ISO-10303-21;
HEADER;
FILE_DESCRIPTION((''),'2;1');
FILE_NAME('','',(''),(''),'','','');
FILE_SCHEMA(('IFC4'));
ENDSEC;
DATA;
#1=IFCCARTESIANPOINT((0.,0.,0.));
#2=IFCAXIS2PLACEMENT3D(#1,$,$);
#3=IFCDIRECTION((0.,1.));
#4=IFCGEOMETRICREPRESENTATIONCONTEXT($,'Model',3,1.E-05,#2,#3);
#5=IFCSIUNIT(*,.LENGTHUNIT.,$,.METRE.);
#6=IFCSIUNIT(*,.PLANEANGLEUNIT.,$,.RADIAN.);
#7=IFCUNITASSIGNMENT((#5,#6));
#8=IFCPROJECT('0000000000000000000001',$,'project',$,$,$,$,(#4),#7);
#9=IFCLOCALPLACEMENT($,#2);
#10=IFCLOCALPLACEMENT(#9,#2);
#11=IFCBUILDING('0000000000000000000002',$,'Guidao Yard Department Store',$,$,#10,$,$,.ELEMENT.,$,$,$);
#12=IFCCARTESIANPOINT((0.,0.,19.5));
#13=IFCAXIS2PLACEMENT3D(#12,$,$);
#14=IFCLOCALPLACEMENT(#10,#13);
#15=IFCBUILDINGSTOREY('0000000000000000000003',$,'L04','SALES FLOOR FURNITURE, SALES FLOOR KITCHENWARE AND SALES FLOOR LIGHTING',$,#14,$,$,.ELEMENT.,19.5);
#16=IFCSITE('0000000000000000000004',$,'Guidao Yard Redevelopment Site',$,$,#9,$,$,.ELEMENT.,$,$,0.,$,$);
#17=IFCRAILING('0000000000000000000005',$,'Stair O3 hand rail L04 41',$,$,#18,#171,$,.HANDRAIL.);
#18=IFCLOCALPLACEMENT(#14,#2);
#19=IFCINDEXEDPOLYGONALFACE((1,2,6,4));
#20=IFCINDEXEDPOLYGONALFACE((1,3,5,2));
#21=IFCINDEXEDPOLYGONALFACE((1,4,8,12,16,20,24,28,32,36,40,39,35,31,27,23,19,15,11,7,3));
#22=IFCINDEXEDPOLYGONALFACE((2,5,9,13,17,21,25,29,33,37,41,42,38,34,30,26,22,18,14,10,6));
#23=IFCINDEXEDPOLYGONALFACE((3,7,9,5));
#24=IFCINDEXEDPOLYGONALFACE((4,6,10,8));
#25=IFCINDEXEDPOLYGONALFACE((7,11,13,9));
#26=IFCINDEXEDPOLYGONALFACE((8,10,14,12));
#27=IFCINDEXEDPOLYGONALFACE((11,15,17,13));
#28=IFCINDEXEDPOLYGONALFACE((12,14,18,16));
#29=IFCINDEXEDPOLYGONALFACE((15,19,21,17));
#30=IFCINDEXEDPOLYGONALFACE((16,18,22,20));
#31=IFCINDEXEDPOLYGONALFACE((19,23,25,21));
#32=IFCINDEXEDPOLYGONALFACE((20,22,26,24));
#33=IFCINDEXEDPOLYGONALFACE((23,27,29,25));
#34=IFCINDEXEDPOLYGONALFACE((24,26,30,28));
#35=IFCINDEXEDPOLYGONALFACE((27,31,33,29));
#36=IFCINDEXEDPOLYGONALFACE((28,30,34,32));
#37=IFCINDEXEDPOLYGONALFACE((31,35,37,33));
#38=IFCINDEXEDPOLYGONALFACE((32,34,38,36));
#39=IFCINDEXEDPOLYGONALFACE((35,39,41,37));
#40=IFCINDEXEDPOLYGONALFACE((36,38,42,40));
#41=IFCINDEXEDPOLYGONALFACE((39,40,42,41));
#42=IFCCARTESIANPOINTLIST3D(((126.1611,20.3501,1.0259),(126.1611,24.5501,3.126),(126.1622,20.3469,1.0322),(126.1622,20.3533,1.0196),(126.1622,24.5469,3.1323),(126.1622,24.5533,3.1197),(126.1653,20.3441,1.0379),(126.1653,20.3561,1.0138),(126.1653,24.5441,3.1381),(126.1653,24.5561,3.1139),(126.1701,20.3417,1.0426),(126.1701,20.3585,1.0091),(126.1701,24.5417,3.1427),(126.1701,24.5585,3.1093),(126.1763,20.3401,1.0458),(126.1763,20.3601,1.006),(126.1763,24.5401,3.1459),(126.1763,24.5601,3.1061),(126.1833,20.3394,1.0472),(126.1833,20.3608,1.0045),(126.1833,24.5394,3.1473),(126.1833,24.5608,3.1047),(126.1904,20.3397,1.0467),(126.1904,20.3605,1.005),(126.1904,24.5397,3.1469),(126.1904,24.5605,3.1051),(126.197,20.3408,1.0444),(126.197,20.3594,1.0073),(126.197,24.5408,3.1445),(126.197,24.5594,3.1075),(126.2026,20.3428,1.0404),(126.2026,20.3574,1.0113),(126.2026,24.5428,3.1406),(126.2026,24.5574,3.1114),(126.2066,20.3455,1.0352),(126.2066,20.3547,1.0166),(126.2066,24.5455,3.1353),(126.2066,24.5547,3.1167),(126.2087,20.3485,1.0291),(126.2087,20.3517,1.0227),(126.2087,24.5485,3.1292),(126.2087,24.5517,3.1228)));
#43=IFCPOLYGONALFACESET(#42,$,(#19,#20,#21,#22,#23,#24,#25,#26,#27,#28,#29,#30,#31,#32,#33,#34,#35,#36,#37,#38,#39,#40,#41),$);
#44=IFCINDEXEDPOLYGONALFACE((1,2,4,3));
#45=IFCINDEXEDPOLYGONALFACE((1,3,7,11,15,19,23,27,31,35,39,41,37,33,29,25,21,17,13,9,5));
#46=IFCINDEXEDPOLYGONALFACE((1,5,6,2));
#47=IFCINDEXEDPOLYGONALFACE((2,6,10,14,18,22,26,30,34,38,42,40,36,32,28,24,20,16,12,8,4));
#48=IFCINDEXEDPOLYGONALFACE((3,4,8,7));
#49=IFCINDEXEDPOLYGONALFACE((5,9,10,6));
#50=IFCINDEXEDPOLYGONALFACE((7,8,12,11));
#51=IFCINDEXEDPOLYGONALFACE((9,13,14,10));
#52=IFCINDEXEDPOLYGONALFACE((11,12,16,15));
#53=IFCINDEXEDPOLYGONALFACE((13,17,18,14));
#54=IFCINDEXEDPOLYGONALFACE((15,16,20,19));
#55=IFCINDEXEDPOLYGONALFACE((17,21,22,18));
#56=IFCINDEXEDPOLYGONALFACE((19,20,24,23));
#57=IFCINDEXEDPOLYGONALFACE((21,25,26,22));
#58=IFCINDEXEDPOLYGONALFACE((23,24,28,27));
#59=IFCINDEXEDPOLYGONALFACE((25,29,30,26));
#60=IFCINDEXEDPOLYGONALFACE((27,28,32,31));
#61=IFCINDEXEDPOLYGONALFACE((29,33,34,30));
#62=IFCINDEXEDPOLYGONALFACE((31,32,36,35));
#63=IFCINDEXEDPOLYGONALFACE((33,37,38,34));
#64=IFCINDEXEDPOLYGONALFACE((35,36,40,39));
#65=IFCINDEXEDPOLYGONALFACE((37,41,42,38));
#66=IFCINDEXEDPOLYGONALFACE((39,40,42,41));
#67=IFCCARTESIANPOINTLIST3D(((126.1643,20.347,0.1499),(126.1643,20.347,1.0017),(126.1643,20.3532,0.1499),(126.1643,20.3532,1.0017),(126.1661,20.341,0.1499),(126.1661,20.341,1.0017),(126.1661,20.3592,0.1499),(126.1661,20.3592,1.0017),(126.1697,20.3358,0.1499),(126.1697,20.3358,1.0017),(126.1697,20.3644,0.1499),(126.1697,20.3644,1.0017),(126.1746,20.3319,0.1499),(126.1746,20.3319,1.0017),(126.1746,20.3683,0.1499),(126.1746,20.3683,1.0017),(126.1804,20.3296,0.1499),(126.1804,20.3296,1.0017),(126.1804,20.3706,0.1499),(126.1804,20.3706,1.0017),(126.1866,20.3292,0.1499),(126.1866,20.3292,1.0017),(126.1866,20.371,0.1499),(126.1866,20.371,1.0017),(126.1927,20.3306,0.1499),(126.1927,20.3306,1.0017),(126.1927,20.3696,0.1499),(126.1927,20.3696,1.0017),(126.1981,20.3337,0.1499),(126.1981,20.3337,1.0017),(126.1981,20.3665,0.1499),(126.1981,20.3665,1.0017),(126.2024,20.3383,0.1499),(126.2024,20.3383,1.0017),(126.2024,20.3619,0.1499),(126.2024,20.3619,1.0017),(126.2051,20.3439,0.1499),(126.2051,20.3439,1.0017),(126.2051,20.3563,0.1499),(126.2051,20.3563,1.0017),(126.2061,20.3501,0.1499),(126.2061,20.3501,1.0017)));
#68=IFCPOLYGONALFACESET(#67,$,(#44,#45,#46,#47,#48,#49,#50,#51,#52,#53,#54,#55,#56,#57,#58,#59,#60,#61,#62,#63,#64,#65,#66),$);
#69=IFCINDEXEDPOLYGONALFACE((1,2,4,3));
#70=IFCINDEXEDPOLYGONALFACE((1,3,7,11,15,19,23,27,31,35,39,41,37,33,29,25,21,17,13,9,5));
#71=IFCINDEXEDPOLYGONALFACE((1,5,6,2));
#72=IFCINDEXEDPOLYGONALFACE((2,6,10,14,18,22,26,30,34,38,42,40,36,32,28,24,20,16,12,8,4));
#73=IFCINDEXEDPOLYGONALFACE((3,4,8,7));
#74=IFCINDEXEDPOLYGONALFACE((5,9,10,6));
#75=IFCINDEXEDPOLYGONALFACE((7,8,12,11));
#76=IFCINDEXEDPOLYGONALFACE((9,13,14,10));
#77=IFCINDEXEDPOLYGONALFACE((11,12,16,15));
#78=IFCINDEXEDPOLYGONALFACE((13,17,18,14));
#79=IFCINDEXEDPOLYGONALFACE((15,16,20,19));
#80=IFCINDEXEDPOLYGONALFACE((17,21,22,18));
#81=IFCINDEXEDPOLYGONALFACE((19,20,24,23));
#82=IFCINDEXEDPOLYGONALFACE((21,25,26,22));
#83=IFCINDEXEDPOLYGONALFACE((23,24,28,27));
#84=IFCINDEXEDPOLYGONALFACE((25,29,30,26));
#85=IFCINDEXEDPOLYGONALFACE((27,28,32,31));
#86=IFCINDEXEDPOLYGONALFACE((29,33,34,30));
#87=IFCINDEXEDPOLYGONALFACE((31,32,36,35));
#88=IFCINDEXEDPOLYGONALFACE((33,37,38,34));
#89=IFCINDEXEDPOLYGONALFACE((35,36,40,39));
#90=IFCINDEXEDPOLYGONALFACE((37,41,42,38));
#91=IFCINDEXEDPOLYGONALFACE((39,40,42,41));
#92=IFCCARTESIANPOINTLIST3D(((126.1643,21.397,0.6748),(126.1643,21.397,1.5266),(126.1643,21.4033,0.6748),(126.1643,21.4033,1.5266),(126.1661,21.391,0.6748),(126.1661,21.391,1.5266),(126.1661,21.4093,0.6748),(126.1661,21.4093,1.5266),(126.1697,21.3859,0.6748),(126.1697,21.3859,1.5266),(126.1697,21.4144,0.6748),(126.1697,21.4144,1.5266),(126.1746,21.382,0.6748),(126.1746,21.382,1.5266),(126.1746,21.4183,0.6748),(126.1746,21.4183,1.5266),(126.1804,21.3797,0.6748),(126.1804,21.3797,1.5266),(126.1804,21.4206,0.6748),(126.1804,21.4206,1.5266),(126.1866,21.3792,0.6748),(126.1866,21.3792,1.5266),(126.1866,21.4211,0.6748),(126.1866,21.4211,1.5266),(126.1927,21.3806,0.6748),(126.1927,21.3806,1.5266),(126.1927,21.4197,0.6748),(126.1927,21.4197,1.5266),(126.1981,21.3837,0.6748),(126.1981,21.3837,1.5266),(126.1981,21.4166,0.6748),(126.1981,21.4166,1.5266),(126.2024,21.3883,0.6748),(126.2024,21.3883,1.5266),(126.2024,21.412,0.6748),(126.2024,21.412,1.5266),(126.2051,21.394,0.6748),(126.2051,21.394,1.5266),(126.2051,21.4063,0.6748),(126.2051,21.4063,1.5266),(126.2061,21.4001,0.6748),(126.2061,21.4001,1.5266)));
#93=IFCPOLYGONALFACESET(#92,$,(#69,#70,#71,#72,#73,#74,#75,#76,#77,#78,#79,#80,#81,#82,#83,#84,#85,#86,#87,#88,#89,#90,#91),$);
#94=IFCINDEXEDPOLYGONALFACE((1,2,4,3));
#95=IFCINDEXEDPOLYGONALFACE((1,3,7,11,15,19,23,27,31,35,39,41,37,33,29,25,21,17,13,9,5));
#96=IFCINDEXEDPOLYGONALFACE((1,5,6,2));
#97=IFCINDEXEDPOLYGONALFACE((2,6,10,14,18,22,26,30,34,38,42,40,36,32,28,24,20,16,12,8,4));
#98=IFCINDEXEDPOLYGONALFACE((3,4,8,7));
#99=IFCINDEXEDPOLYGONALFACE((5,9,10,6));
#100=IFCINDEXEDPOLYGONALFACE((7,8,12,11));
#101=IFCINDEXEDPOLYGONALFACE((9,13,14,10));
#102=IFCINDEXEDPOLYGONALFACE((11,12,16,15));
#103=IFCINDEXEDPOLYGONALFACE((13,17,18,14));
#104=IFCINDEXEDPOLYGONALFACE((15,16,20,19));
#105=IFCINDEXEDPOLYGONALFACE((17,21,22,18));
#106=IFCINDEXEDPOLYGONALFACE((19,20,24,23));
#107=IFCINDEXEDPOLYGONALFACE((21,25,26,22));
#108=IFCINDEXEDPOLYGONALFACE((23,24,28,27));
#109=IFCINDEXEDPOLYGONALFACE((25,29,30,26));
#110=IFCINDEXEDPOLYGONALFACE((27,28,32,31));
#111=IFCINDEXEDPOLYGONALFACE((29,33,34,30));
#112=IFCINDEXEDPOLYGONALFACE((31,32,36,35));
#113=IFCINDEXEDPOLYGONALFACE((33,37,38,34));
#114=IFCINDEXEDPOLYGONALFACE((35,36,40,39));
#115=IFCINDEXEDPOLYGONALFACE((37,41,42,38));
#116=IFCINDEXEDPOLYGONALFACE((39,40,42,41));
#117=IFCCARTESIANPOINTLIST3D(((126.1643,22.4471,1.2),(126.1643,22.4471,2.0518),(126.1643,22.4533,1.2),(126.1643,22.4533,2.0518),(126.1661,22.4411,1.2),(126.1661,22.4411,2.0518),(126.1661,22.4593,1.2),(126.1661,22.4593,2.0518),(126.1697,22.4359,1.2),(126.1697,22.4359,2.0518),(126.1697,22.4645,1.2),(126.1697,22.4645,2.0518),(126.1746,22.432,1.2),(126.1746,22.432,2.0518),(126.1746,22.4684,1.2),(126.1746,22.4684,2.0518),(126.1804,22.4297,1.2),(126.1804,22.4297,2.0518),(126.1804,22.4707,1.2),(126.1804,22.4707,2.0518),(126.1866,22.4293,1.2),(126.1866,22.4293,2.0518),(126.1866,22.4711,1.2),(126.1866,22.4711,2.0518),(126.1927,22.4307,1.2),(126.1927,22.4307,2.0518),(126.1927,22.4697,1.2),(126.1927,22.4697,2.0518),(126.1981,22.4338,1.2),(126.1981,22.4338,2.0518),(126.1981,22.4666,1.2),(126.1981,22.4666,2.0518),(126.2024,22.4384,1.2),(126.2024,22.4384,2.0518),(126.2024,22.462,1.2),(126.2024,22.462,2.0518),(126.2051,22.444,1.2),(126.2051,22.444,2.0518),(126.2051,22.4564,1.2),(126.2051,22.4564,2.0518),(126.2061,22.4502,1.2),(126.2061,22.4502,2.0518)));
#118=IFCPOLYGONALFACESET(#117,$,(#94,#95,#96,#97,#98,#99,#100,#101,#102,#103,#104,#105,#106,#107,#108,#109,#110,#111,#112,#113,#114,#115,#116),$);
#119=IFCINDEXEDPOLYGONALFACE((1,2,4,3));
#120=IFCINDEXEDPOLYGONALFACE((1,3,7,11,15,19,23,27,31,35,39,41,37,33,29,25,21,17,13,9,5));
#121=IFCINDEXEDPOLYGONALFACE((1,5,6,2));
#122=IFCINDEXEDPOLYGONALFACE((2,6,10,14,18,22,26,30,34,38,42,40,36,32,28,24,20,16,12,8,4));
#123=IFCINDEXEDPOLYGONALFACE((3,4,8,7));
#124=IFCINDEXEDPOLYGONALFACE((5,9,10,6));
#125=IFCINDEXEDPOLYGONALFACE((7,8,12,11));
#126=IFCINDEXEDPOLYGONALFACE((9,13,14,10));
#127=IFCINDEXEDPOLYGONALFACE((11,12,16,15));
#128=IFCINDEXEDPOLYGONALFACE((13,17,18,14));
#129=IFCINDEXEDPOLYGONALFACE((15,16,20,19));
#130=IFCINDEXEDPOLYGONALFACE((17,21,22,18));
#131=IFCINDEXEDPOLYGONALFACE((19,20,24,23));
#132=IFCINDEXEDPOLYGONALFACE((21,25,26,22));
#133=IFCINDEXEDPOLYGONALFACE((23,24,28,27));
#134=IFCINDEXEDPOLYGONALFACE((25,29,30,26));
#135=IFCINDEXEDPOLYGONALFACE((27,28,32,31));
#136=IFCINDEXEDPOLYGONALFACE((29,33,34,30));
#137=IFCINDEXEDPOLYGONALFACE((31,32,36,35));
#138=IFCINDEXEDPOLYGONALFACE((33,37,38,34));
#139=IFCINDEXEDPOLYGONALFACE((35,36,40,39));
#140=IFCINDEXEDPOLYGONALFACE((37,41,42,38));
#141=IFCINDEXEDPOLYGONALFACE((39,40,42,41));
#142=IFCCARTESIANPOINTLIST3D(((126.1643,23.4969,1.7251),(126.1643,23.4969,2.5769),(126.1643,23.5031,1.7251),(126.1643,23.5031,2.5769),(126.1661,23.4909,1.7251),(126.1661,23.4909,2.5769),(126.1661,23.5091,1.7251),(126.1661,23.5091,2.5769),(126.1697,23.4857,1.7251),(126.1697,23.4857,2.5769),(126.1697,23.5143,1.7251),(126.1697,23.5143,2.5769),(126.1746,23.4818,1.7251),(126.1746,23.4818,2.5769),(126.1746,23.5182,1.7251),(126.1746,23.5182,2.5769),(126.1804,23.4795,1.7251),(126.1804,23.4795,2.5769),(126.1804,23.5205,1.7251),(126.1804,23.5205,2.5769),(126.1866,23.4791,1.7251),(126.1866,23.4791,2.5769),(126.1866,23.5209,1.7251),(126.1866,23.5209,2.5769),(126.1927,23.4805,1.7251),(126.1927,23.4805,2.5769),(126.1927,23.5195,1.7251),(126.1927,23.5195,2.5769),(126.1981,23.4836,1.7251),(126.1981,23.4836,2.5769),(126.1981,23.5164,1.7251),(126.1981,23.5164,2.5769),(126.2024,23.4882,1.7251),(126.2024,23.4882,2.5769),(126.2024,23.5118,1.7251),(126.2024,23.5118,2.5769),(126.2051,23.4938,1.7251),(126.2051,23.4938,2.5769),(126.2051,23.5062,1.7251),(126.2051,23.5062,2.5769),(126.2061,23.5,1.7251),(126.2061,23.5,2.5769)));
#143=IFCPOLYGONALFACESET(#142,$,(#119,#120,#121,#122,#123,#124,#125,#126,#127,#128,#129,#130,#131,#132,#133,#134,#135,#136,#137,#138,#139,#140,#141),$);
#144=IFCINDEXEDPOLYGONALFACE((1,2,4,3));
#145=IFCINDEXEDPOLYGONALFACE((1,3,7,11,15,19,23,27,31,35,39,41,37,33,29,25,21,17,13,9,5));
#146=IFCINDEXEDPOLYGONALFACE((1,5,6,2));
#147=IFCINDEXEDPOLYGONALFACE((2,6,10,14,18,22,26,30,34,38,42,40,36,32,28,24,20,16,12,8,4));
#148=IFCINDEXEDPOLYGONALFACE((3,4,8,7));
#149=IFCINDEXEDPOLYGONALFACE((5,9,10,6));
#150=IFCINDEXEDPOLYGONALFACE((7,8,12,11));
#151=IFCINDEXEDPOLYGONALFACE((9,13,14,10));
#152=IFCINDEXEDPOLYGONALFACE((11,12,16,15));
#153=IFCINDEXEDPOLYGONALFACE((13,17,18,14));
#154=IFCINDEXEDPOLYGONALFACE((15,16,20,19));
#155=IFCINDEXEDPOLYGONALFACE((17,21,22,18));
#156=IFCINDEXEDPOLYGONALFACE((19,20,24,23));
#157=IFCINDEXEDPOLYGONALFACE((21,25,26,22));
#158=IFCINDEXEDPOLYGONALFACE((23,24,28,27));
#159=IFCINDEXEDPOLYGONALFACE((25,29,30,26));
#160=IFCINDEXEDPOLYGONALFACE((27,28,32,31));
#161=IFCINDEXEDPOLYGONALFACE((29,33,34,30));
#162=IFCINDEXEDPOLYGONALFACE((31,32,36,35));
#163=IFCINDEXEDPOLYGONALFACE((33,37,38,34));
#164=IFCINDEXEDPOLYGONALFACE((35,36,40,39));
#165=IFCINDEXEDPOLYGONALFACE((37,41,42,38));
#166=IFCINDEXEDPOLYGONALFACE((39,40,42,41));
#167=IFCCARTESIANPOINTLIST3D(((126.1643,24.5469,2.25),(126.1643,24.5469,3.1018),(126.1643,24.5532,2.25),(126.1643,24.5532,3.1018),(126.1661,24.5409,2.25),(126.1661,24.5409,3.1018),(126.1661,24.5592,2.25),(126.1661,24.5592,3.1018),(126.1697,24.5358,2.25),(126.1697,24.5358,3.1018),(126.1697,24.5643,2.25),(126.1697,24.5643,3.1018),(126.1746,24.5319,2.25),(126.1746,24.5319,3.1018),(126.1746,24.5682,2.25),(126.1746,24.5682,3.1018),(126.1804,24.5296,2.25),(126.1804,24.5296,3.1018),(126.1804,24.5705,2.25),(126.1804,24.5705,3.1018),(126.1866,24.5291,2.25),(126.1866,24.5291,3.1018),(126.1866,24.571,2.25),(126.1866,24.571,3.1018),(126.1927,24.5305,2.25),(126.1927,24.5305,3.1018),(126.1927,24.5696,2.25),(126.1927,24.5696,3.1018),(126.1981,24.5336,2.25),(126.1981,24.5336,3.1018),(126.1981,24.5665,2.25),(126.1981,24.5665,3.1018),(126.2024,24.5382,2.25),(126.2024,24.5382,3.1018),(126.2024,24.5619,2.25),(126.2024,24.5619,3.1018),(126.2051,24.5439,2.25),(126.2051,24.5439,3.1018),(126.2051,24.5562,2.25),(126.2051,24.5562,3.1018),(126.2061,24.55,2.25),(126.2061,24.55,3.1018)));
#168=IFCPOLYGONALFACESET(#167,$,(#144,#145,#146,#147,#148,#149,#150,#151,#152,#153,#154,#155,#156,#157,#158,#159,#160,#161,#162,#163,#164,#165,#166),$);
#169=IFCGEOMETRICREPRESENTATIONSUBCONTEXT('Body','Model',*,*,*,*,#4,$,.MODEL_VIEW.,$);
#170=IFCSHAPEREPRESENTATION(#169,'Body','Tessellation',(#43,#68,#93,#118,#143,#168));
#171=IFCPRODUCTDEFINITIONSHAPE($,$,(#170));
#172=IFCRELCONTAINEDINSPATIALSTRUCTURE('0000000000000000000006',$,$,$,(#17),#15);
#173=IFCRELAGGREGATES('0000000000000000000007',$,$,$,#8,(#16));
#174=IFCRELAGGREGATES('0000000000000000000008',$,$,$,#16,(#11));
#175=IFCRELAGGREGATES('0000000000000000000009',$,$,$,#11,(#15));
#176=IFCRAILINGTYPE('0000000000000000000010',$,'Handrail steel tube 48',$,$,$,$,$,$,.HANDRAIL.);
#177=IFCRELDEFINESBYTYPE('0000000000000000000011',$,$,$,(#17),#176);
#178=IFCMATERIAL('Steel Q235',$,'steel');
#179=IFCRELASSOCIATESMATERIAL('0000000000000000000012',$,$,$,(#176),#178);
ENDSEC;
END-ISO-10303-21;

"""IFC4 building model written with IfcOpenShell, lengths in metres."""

from ifc_helpers import new_model, si_unit, direction, frame, origin, origin_2d, place, context, subcontext, project, spatial, circle, extrude, material, type_object, element, save


model = new_model("IFC4")

# Units and contexts
model_context = context("Model", 3, precision=1e-05, world=origin(), true_north=direction((0.0, 1.0)))
body_context = subcontext(model_context, "Body", "Model", "MODEL_VIEW")
ifc_project = project(units=[si_unit("LENGTHUNIT", "METRE"), si_unit("PLANEANGLEUNIT", "RADIAN")], contexts=[model_context])

# Site, building, storey
site_placement = place(None, origin())
site = spatial("IfcSite", under=ifc_project, at=site_placement, Name="Guidao Yard Redevelopment Site", CompositionType="ELEMENT", RefElevation=0.0)
building_placement = place(site_placement, origin())
building = spatial("IfcBuilding", under=site, at=building_placement, Name="Guidao Yard Department Store", CompositionType="ELEMENT")
storey_placement = place(building_placement, frame((0.0, 0.0, 19.5)))
storey = spatial("IfcBuildingStorey", under=building, at=storey_placement, Name="L04", Description="SALES FLOOR FURNITURE, SALES FLOOR KITCHENWARE AND SALES FLOOR LIGHTING", CompositionType="ELEMENT", Elevation=19.5)

# Railing
ifc_material_1 = material(Name="Steel Q235", Category="steel")
railing_type_1 = type_object("IfcRailingType", Name="Handrail steel tube 48", PredefinedType="HANDRAIL", material=ifc_material_1)
for number, where, name in (
    (1, (126.1851, 20.3501, 0.1499), "Stair O3 hand rail L04 41"),
):
    element("IfcRailing", number, at=place(storey_placement, frame(where)), inside=storey, type_object=railing_type_1, Name=name, PredefinedType="HANDRAIL", context=body_context, shape_type="SweptSolid", body=[
        extrude(circle(Radius=0.0239, at=origin_2d()), frame((0.0, 0.0, 0.876), z_axis=(0.0, 0.894417, 0.447234), x_axis=(-1.0, 0.0, 0.0)), (0.0, 0.0, 1.0), 4.6958),
        extrude(circle(Radius=0.021, at=origin_2d()), origin(), (0.0, 0.0, 1.0), 0.8518),
        extrude(circle(Radius=0.021, at=origin_2d()), frame((0.0, 1.05, 0.5249)), (0.0, 0.0, 1.0), 0.8518),
        extrude(circle(Radius=0.021, at=origin_2d()), frame((0.0, 2.1001, 1.05)), (0.0, 0.0, 1.0), 0.8518),
        extrude(circle(Radius=0.021, at=origin_2d()), frame((0.0, 3.1499, 1.5752)), (0.0, 0.0, 1.0), 0.8518),
        extrude(circle(Radius=0.021, at=origin_2d()), frame((0.0, 4.2, 2.1001)), (0.0, 0.0, 1.0), 0.8518),
    ])

save(model, "model.ifc")
